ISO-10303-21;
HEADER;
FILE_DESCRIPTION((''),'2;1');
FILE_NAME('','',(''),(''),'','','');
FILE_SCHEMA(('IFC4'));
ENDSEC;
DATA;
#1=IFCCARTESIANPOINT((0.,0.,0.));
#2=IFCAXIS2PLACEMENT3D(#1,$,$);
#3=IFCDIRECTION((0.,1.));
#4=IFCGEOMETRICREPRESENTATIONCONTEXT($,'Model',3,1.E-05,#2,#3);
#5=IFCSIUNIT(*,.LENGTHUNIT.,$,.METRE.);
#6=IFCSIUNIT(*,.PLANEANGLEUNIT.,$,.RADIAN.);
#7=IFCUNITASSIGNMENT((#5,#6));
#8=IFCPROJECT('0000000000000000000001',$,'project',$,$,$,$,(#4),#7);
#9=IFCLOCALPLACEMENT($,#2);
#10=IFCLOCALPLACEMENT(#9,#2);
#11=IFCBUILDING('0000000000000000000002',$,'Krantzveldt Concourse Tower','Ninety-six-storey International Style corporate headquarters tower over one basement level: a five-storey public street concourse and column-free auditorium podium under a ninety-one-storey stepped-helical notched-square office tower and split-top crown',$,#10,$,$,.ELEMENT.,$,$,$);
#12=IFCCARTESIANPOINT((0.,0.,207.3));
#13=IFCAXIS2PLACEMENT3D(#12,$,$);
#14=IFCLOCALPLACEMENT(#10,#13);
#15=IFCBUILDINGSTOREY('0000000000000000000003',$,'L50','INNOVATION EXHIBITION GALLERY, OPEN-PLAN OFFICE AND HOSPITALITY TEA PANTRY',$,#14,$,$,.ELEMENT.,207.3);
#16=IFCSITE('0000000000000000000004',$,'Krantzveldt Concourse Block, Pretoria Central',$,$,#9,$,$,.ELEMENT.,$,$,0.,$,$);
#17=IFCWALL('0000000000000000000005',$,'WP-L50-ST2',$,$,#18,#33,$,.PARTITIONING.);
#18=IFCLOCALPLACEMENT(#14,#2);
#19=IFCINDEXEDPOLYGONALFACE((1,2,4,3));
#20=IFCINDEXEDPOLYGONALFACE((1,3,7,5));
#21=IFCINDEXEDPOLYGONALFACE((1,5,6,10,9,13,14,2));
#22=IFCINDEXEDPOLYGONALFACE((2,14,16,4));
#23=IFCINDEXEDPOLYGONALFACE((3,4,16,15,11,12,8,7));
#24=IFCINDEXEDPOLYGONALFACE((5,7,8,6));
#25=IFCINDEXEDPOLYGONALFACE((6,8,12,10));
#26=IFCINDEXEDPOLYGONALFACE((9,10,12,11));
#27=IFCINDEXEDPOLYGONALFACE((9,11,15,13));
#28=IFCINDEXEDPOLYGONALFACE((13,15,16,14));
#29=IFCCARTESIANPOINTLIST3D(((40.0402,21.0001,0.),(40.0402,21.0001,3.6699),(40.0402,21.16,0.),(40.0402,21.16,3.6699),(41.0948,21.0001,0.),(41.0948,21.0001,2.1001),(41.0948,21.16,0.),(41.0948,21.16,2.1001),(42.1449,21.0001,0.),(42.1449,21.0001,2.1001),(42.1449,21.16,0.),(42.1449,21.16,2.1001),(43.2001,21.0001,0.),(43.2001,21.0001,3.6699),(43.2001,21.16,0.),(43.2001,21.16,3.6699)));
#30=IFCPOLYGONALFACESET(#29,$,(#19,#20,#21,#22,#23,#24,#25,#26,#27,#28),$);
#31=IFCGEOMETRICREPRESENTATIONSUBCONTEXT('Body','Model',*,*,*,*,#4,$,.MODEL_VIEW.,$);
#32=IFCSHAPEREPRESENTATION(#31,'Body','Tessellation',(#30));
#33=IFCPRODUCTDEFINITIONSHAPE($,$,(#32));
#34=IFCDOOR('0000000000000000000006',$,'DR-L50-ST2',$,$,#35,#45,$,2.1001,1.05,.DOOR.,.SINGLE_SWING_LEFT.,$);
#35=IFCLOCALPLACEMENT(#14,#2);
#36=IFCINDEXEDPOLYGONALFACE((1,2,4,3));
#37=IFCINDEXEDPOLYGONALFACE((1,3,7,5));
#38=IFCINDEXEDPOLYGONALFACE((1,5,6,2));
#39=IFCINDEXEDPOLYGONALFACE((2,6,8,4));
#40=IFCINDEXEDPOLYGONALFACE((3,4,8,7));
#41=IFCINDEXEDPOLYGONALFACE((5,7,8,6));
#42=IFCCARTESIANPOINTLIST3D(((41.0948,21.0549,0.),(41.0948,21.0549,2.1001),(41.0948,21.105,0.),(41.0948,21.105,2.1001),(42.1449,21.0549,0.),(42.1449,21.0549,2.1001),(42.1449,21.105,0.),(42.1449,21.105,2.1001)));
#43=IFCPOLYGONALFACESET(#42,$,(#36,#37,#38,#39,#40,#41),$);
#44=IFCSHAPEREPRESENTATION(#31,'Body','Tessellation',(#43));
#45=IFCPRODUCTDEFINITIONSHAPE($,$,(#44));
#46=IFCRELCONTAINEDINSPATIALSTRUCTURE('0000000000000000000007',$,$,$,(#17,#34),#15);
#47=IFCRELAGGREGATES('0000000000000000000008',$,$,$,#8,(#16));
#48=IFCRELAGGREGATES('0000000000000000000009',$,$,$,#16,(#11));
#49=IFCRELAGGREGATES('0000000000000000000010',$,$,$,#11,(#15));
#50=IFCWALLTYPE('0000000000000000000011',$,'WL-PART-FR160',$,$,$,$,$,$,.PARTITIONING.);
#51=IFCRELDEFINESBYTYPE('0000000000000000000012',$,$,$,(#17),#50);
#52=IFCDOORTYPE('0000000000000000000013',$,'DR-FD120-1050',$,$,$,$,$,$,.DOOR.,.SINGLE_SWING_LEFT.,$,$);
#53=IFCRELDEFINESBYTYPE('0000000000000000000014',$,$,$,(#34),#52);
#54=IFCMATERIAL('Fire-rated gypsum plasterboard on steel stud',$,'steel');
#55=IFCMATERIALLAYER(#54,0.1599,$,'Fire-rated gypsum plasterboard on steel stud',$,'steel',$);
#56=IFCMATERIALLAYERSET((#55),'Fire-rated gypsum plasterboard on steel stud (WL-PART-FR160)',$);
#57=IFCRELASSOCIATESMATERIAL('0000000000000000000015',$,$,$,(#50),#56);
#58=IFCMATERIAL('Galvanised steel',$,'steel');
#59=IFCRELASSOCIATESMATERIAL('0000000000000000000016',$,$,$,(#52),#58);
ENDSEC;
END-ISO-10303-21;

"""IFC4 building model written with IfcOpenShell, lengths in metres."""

from ifc_helpers import new_model, si_unit, direction, frame, frame_2d, origin, place, context, subcontext, project, spatial, rectangle, extrude, material, layer, layer_set, type_object, element, fill, save


model = new_model("IFC4")

# Units and contexts
model_context = context("Model", 3, precision=1e-05, world=origin(), true_north=direction((0.0, 1.0)))
body_context = subcontext(model_context, "Body", "Model", "MODEL_VIEW")
ifc_project = project(units=[si_unit("LENGTHUNIT", "METRE"), si_unit("PLANEANGLEUNIT", "RADIAN")], contexts=[model_context])

# Site, building, storey
site_placement = place(None, origin())
site = spatial("IfcSite", under=ifc_project, at=site_placement, Name="Krantzveldt Concourse Block, Pretoria Central", CompositionType="ELEMENT", RefElevation=0.0)
building_placement = place(site_placement, origin())
building = spatial("IfcBuilding", under=site, at=building_placement, Name="Krantzveldt Concourse Tower", Description="Ninety-six-storey International Style corporate headquarters tower over one basement level: a five-storey public street concourse and column-free auditorium podium under a ninety-one-storey stepped-helical notched-square office tower and split-top crown", CompositionType="ELEMENT")
storey_placement = place(building_placement, frame((0.0, 0.0, 207.3)))
storey = spatial("IfcBuildingStorey", under=building, at=storey_placement, Name="L50", Description="INNOVATION EXHIBITION GALLERY, OPEN-PLAN OFFICE AND HOSPITALITY TEA PANTRY", CompositionType="ELEMENT", Elevation=207.3)

# Shared definitions
ifc_material_1 = material(Name="Fire-rated gypsum plasterboard on steel stud", Category="steel")

# Wall, opening, door
ifc_layer_1 = layer(ifc_material_1, 0.1599, Name="Fire-rated gypsum plasterboard on steel stud", Category="steel")
ifc_layer_set_1 = layer_set([ifc_layer_1], Name="Fire-rated gypsum plasterboard on steel stud (WL-PART-FR160)")
wall_type_1 = type_object("IfcWallType", Name="WL-PART-FR160", PredefinedType="PARTITIONING", material=ifc_layer_set_1)
wall_1_placement = place(storey_placement, frame((40.04, 21.0801, 0.0), z_axis=(0.0, 0.0, 1.0), x_axis=(1.0, 0.0, 0.0)))
wall_1 = element("IfcWall", 1, at=wall_1_placement, inside=storey, type_object=wall_type_1, Name="WP-L50-ST2", PredefinedType="PARTITIONING", context=body_context, shape_type="SweptSolid", body=[
    extrude(rectangle(XDim=3.1599, YDim=0.1599, at=frame_2d((1.5801, 0.0))), origin(), (0.0, 0.0, 1.0), 3.6699),
])
opening_1_placement = place(wall_1_placement, frame((1.0549, 0.0, 0.0)))
opening_1 = element("IfcOpeningElement", 2, at=opening_1_placement, cuts=wall_1, PredefinedType="OPENING", context=body_context, shape_type="SweptSolid", body=[
    extrude(rectangle(XDim=1.05, YDim=2.1001, at=frame_2d((0.5249, 1.05))), frame((0.0, 0.0898, 0.0), z_axis=(0.0, -1.0, 0.0), x_axis=(1.0, 0.0, 0.0)), (0.0, 0.0, 1.0), 0.1799),
])
ifc_material_2 = material(Name="Galvanised steel", Category="steel")
door_type_1 = type_object("IfcDoorType", Name="DR-FD120-1050", OperationType="SINGLE_SWING_LEFT", PredefinedType="DOOR", material=ifc_material_2)
door_1_placement = place(opening_1_placement, origin())
door_1 = element("IfcDoor", 3, at=door_1_placement, inside=storey, type_object=door_type_1, Name="DR-L50-ST2", OperationType="SINGLE_SWING_LEFT", OverallHeight=2.1001, OverallWidth=1.05, PredefinedType="DOOR", context=body_context, shape_type="SweptSolid", body=[
    extrude(rectangle(XDim=1.05, YDim=2.1001, at=frame_2d((0.5249, 1.05))), frame((0.0, 0.0249, 0.0), z_axis=(0.0, -1.0, 0.0), x_axis=(1.0, 0.0, 0.0)), (0.0, 0.0, 1.0), 0.05),
])
fill(opening_1, door_1)

save(model, "model.ifc")
